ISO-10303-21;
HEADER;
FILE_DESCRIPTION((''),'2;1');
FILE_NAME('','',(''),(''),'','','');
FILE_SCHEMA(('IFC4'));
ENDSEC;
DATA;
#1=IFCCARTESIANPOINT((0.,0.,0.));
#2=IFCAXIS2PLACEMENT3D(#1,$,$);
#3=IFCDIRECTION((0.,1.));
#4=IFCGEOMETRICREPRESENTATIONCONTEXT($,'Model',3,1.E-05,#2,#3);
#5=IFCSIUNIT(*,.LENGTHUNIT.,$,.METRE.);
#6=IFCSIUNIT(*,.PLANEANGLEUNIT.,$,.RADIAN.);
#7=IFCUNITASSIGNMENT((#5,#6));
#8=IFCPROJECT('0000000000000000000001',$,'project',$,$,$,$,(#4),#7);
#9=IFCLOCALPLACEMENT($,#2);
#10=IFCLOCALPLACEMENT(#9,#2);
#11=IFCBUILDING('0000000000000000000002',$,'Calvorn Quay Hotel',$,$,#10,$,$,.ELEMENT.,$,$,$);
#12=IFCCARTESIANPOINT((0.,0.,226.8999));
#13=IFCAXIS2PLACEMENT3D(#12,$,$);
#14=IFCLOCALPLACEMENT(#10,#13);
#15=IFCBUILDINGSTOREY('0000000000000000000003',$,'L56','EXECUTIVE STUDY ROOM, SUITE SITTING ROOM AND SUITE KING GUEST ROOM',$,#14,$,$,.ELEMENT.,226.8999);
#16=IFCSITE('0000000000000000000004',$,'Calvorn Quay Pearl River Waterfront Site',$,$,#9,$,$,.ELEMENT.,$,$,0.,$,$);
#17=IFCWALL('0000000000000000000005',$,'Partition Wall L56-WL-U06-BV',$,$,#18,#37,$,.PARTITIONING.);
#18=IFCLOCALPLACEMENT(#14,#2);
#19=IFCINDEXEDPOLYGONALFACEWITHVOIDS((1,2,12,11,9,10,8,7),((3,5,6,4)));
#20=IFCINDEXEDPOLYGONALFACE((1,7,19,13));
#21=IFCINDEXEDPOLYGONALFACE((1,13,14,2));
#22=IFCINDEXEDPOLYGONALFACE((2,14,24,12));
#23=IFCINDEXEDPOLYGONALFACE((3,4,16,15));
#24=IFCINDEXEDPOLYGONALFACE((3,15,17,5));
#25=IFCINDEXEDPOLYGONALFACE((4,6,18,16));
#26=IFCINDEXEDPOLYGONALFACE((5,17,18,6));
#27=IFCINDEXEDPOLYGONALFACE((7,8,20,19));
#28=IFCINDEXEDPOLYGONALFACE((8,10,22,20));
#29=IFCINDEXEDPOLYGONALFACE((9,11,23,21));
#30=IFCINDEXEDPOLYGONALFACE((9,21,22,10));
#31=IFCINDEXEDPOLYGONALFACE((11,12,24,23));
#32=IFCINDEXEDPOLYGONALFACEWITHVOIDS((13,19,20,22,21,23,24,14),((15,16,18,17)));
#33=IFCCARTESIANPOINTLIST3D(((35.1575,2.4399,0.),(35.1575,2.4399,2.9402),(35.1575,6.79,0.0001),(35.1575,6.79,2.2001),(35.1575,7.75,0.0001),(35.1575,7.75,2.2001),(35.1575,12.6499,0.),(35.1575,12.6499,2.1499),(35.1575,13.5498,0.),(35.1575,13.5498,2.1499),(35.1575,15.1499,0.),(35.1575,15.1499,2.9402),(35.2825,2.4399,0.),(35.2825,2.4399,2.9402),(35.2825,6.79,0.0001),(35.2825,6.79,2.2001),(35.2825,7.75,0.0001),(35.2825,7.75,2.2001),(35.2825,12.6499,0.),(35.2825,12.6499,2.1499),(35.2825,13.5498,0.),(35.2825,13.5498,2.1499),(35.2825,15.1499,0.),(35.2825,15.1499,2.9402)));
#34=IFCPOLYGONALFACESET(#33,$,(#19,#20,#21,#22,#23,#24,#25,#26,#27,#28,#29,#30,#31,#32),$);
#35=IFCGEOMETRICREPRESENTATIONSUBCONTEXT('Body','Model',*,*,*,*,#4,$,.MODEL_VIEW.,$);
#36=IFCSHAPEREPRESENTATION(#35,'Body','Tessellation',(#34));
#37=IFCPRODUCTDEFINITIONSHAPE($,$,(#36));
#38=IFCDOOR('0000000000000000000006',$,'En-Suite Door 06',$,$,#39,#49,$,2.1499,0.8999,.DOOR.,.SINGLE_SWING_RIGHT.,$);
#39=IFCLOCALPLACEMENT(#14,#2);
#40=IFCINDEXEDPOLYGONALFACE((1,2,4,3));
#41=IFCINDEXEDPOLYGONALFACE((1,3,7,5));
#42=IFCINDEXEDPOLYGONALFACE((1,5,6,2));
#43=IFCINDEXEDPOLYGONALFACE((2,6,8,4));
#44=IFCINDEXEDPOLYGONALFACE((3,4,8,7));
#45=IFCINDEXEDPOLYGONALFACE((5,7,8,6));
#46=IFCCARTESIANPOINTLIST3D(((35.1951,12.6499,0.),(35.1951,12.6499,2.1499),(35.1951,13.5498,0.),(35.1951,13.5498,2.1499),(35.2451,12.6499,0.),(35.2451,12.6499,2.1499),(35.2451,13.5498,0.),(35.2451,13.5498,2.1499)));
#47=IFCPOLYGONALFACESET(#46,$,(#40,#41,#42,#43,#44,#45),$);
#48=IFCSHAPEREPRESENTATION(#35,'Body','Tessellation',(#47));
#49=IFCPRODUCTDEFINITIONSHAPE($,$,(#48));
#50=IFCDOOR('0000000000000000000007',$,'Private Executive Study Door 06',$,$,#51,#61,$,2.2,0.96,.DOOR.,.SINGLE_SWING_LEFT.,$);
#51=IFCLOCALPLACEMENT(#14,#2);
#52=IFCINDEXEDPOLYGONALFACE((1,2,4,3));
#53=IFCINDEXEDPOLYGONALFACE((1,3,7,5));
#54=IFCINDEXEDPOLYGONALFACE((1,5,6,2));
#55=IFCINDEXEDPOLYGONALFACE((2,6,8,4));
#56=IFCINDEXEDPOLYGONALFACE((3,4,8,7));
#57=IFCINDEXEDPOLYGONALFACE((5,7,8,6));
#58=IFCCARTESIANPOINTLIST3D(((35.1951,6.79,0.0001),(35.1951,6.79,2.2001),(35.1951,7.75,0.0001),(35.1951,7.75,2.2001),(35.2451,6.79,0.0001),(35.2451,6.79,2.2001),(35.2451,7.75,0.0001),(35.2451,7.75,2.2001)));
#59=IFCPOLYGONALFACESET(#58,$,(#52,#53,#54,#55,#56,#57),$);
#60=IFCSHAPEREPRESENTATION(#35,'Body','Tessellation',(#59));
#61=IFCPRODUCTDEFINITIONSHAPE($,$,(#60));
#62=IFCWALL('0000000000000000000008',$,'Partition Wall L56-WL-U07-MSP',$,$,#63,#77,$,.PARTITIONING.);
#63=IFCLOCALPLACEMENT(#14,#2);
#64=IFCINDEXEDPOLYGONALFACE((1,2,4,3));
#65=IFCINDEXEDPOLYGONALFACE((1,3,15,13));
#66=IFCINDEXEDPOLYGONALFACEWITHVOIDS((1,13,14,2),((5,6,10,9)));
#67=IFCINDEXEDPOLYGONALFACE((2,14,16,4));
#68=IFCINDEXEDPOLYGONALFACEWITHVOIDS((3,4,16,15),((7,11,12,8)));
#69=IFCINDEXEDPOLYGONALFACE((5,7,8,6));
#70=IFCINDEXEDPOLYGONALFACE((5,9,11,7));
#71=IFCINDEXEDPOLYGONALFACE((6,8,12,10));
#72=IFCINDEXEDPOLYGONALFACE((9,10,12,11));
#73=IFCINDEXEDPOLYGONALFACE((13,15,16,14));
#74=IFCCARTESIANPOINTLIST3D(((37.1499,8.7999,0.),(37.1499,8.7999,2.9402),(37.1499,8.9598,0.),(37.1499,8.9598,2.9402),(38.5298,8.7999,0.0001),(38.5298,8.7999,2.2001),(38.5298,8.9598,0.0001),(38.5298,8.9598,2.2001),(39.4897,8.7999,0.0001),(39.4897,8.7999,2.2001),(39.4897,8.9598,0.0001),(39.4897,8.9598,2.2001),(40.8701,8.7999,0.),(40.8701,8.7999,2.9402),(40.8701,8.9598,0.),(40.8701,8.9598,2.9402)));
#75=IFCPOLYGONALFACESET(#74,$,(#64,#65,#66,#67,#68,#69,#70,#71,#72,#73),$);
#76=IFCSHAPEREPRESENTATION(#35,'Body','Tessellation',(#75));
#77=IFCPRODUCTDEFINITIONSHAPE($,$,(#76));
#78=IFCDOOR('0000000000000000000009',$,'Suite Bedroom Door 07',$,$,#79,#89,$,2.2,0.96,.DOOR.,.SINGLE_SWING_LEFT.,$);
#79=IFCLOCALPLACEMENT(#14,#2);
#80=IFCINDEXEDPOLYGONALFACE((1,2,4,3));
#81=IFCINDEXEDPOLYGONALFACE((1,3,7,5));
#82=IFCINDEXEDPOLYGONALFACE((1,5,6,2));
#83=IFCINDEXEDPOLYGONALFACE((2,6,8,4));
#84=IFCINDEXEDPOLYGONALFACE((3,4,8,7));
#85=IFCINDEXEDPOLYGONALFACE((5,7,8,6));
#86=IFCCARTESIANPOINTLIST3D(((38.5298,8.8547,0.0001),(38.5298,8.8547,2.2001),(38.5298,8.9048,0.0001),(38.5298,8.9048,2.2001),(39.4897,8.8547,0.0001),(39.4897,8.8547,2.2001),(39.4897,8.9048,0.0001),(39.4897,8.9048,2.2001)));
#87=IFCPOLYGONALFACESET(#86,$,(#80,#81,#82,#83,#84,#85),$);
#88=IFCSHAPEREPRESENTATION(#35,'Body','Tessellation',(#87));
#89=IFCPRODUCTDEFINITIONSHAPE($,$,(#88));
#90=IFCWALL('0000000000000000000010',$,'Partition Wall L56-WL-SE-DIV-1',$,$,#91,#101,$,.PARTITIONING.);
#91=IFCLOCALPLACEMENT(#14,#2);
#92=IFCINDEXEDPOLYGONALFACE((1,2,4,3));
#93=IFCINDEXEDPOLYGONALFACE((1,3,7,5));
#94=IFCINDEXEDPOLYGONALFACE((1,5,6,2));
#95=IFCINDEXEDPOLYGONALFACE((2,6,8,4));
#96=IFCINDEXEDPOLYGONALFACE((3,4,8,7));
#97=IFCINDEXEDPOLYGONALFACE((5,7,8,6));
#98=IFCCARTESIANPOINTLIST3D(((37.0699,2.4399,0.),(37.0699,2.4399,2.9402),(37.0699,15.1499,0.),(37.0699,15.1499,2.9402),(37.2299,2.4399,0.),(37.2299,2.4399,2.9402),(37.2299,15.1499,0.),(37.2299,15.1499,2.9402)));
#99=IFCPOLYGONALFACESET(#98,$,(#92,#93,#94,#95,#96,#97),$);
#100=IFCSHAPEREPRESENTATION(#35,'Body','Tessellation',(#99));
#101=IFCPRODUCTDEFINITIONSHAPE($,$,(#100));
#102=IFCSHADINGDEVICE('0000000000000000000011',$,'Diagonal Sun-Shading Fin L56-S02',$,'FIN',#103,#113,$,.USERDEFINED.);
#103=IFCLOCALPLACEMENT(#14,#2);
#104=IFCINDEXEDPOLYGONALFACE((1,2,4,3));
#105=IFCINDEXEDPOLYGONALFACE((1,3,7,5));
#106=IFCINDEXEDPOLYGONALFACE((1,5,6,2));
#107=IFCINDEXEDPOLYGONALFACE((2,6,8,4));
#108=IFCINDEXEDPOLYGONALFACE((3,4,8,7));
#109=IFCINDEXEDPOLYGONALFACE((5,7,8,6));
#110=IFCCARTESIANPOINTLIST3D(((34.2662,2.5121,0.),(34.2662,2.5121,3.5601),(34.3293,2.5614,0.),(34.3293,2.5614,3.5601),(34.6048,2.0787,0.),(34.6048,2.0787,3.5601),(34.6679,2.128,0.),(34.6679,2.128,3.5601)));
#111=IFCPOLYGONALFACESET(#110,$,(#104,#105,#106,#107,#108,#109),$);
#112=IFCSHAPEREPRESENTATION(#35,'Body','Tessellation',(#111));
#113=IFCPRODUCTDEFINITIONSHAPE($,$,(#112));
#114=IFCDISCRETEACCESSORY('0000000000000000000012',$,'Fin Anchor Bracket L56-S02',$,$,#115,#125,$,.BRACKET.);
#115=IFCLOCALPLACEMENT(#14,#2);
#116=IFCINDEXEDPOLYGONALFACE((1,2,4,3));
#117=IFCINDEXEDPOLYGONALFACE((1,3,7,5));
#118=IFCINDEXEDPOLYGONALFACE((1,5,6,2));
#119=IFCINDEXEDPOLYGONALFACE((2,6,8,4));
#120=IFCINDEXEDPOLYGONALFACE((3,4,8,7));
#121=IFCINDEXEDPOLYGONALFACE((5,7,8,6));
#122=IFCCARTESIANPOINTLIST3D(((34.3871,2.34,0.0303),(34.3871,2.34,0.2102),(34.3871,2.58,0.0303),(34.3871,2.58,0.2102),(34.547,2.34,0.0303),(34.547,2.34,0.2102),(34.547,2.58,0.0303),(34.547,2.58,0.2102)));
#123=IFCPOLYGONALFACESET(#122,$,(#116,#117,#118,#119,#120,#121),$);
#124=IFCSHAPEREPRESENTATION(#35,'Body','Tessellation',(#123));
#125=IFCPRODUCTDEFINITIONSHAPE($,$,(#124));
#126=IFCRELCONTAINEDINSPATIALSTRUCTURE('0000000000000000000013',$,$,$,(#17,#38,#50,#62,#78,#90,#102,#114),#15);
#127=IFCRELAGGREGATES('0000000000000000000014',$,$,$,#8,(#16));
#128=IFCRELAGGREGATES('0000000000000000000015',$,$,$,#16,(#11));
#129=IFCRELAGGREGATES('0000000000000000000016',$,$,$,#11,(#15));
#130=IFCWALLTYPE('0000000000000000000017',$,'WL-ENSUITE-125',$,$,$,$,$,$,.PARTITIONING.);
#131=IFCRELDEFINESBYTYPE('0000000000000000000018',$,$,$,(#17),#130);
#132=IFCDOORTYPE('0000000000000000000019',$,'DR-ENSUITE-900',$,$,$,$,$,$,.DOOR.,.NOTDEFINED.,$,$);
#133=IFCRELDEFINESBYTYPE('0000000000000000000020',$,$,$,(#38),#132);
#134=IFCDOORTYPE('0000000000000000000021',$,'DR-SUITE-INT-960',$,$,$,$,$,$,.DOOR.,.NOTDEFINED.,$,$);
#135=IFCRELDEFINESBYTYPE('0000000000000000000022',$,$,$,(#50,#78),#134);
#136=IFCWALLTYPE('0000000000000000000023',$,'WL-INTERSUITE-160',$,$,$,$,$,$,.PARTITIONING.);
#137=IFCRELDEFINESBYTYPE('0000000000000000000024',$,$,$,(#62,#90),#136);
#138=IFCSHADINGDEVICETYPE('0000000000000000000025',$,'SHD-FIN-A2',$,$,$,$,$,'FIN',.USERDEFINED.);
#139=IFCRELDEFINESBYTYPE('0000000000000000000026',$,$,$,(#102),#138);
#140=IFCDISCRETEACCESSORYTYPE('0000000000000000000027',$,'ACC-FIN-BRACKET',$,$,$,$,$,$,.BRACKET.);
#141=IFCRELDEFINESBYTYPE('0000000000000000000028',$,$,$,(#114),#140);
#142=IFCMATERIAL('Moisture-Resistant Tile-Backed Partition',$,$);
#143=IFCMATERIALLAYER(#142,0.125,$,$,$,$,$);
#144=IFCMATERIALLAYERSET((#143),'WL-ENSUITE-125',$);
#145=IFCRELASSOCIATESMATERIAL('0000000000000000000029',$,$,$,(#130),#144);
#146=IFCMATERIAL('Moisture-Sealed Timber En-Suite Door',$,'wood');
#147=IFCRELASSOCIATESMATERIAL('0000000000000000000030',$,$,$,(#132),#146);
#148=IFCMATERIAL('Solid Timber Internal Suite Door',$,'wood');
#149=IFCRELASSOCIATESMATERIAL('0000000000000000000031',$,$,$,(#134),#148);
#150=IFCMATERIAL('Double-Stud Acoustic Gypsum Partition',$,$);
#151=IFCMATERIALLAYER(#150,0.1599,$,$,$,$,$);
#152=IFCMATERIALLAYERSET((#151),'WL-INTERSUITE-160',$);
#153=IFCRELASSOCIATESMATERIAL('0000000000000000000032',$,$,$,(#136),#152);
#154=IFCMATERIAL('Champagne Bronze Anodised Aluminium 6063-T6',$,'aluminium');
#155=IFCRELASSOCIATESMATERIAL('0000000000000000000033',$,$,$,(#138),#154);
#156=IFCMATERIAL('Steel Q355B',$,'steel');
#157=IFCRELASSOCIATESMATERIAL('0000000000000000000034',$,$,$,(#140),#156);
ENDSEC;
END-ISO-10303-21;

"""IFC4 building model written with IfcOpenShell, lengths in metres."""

from ifc_helpers import new_model, si_unit, direction, frame, frame_2d, origin, origin_2d, place, context, subcontext, project, spatial, rectangle, extrude, material, layer, layer_set, type_object, element, fill, save


model = new_model("IFC4")

# Units and contexts
model_context = context("Model", 3, precision=1e-05, world=origin(), true_north=direction((0.0, 1.0)))
body_context = subcontext(model_context, "Body", "Model", "MODEL_VIEW")
ifc_project = project(units=[si_unit("LENGTHUNIT", "METRE"), si_unit("PLANEANGLEUNIT", "RADIAN")], contexts=[model_context])

# Site, building, storey
site_placement = place(None, origin())
site = spatial("IfcSite", under=ifc_project, at=site_placement, Name="Calvorn Quay Pearl River Waterfront Site", CompositionType="ELEMENT", RefElevation=0.0)
building_placement = place(site_placement, origin())
building = spatial("IfcBuilding", under=site, at=building_placement, Name="Calvorn Quay Hotel", CompositionType="ELEMENT")
storey_placement = place(building_placement, frame((0.0, 0.0, 226.8999)))
storey = spatial("IfcBuildingStorey", under=building, at=storey_placement, Name="L56", Description="EXECUTIVE STUDY ROOM, SUITE SITTING ROOM AND SUITE KING GUEST ROOM", CompositionType="ELEMENT", Elevation=226.8999)

# Shared definitions
ifc_material_1 = material(Name="Moisture-Resistant Tile-Backed Partition")
ifc_layer_1 = layer(ifc_material_1, 0.125)
ifc_layer_set_1 = layer_set([ifc_layer_1], Name="WL-ENSUITE-125")
wall_type_1 = type_object("IfcWallType", Name="WL-ENSUITE-125", PredefinedType="PARTITIONING", material=ifc_layer_set_1)

# Wall, openings, doors
wall_1_placement = place(storey_placement, frame((35.22, 2.4399, 0.0), z_axis=(0.0, 0.0, 1.0), x_axis=(0.0, 1.0, 0.0)))
wall_1 = element("IfcWall", 1, at=wall_1_placement, inside=storey, type_object=wall_type_1, Name="Partition Wall L56-WL-U06-BV", PredefinedType="PARTITIONING", context=body_context, shape_type="SweptSolid", body=[
    extrude(rectangle(XDim=12.71, YDim=0.125, at=frame_2d((6.355, 0.0))), origin(), (0.0, 0.0, 1.0), 2.9402),
])
opening_1_placement = place(wall_1_placement, frame((4.3501, 0.0, 0.0)))
opening_1 = element("IfcOpeningElement", 2, at=opening_1_placement, cuts=wall_1, PredefinedType="OPENING", context=body_context, shape_type="SweptSolid", body=[
    extrude(rectangle(XDim=0.96, YDim=2.2, at=frame_2d((0.48, 1.1001))), frame((0.0, 0.0725, 0.0), z_axis=(0.0, -1.0, 0.0), x_axis=(1.0, 0.0, 0.0)), (0.0, 0.0, 1.0), 0.145),
])
opening_2_placement = place(wall_1_placement, frame((10.21, 0.0, 0.0)))
opening_2 = element("IfcOpeningElement", 3, at=opening_2_placement, cuts=wall_1, PredefinedType="OPENING", context=body_context, shape_type="SweptSolid", body=[
    extrude(rectangle(XDim=0.8999, YDim=2.1499, at=frame_2d((0.45, 1.075))), frame((0.0, 0.0725, 0.0), z_axis=(0.0, -1.0, 0.0), x_axis=(1.0, 0.0, 0.0)), (0.0, 0.0, 1.0), 0.145),
])
ifc_material_2 = material(Name="Moisture-Sealed Timber En-Suite Door", Category="wood")
door_type_1 = type_object("IfcDoorType", Name="DR-ENSUITE-900", OperationType="NOTDEFINED", PredefinedType="DOOR", material=ifc_material_2)
door_1_placement = place(opening_2_placement, origin())
door_1 = element("IfcDoor", 4, at=door_1_placement, inside=storey, type_object=door_type_1, Name="En-Suite Door 06", OperationType="SINGLE_SWING_RIGHT", OverallHeight=2.1499, OverallWidth=0.8999, PredefinedType="DOOR", context=body_context, shape_type="SweptSolid", body=[
    extrude(rectangle(XDim=0.8999, YDim=2.1499, at=frame_2d((0.45, 1.075))), frame((0.0, 0.0249, 0.0), z_axis=(0.0, -1.0, 0.0), x_axis=(1.0, 0.0, 0.0)), (0.0, 0.0, 1.0), 0.05),
])
fill(opening_2, door_1)
ifc_material_3 = material(Name="Solid Timber Internal Suite Door", Category="wood")
door_type_2 = type_object("IfcDoorType", Name="DR-SUITE-INT-960", OperationType="NOTDEFINED", PredefinedType="DOOR", material=ifc_material_3)
door_2_placement = place(opening_1_placement, origin())
door_2 = element("IfcDoor", 5, at=door_2_placement, inside=storey, type_object=door_type_2, Name="Private Executive Study Door 06", OperationType="SINGLE_SWING_LEFT", OverallHeight=2.2, OverallWidth=0.96, PredefinedType="DOOR", context=body_context, shape_type="SweptSolid", body=[
    extrude(rectangle(XDim=0.96, YDim=2.2, at=frame_2d((0.48, 1.1001))), frame((0.0, 0.0249, 0.0), z_axis=(0.0, -1.0, 0.0), x_axis=(1.0, 0.0, 0.0)), (0.0, 0.0, 1.0), 0.05),
])
fill(opening_1, door_2)

# Wall, opening, door
ifc_material_4 = material(Name="Double-Stud Acoustic Gypsum Partition")
ifc_layer_2 = layer(ifc_material_4, 0.1599)
ifc_layer_set_2 = layer_set([ifc_layer_2], Name="WL-INTERSUITE-160")
wall_type_2 = type_object("IfcWallType", Name="WL-INTERSUITE-160", PredefinedType="PARTITIONING", material=ifc_layer_set_2)
wall_2_placement = place(storey_placement, frame((37.1499, 8.8799, 0.0), z_axis=(0.0, 0.0, 1.0), x_axis=(1.0, 0.0, 0.0)))
wall_2 = element("IfcWall", 6, at=wall_2_placement, inside=storey, type_object=wall_type_2, Name="Partition Wall L56-WL-U07-MSP", PredefinedType="PARTITIONING", context=body_context, shape_type="SweptSolid", body=[
    extrude(rectangle(XDim=3.7202, YDim=0.1599, at=frame_2d((1.8601, 0.0))), origin(), (0.0, 0.0, 1.0), 2.9402),
])
opening_3_placement = place(wall_2_placement, frame((1.3799, 0.0, 0.0)))
opening_3 = element("IfcOpeningElement", 7, at=opening_3_placement, cuts=wall_2, PredefinedType="OPENING", context=body_context, shape_type="SweptSolid", body=[
    extrude(rectangle(XDim=0.96, YDim=2.2, at=frame_2d((0.48, 1.1001))), frame((0.0, 0.0898, 0.0), z_axis=(0.0, -1.0, 0.0), x_axis=(1.0, 0.0, 0.0)), (0.0, 0.0, 1.0), 0.1799),
])
door_3_placement = place(opening_3_placement, origin())
door_3 = element("IfcDoor", 8, at=door_3_placement, inside=storey, type_object=door_type_2, Name="Suite Bedroom Door 07", OperationType="SINGLE_SWING_LEFT", OverallHeight=2.2, OverallWidth=0.96, PredefinedType="DOOR", context=body_context, shape_type="SweptSolid", body=[
    extrude(rectangle(XDim=0.96, YDim=2.2, at=frame_2d((0.48, 1.1001))), frame((0.0, 0.0249, 0.0), z_axis=(0.0, -1.0, 0.0), x_axis=(1.0, 0.0, 0.0)), (0.0, 0.0, 1.0), 0.05),
])
fill(opening_3, door_3)

# Wall
wall_3_placement = place(storey_placement, frame((37.1499, 2.4399, 0.0), z_axis=(0.0, 0.0, 1.0), x_axis=(0.0, 1.0, 0.0)))
element("IfcWall", 9, at=wall_3_placement, inside=storey, type_object=wall_type_2, Name="Partition Wall L56-WL-SE-DIV-1", PredefinedType="PARTITIONING", context=body_context, shape_type="SweptSolid", body=[
    extrude(rectangle(XDim=12.71, YDim=0.1599, at=frame_2d((6.355, 0.0))), origin(), (0.0, 0.0, 1.0), 2.9402),
])

# Shading device
ifc_material_5 = material(Name="Champagne Bronze Anodised Aluminium 6063-T6", Category="aluminium")
shading_device_type = type_object("IfcShadingDeviceType", Name="SHD-FIN-A2", ElementType="FIN", PredefinedType="USERDEFINED", material=ifc_material_5)
shading_device_placement = place(storey_placement, frame((34.467, 2.3201, 0.0), z_axis=(0.0, 0.0, 1.0), x_axis=(-0.615661, 0.788011, 0.0)))
element("IfcShadingDevice", 10, at=shading_device_placement, inside=storey, type_object=shading_device_type, Name="Diagonal Sun-Shading Fin L56-S02", ObjectType="FIN", PredefinedType="USERDEFINED", context=body_context, shape_type="SweptSolid", body=[
    extrude(rectangle(XDim=0.55, YDim=0.0801, at=origin_2d()), origin(), (0.0, 0.0, 1.0), 3.5601),
])

# Discrete accessory
ifc_material_6 = material(Name="Steel Q355B", Category="steel")
discrete_accessory_type = type_object("IfcDiscreteAccessoryType", Name="ACC-FIN-BRACKET", PredefinedType="BRACKET", material=ifc_material_6)
discrete_accessory_placement = place(storey_placement, frame((34.467, 2.46, 0.0303), z_axis=(0.0, 0.0, 1.0), x_axis=(0.0, 1.0, 0.0)))
element("IfcDiscreteAccessory", 11, at=discrete_accessory_placement, inside=storey, type_object=discrete_accessory_type, Name="Fin Anchor Bracket L56-S02", PredefinedType="BRACKET", context=body_context, shape_type="SweptSolid", body=[
    extrude(rectangle(XDim=0.24, YDim=0.1599, at=origin_2d()), origin(), (0.0, 0.0, 1.0), 0.1799),
])

save(model, "model.ifc")
